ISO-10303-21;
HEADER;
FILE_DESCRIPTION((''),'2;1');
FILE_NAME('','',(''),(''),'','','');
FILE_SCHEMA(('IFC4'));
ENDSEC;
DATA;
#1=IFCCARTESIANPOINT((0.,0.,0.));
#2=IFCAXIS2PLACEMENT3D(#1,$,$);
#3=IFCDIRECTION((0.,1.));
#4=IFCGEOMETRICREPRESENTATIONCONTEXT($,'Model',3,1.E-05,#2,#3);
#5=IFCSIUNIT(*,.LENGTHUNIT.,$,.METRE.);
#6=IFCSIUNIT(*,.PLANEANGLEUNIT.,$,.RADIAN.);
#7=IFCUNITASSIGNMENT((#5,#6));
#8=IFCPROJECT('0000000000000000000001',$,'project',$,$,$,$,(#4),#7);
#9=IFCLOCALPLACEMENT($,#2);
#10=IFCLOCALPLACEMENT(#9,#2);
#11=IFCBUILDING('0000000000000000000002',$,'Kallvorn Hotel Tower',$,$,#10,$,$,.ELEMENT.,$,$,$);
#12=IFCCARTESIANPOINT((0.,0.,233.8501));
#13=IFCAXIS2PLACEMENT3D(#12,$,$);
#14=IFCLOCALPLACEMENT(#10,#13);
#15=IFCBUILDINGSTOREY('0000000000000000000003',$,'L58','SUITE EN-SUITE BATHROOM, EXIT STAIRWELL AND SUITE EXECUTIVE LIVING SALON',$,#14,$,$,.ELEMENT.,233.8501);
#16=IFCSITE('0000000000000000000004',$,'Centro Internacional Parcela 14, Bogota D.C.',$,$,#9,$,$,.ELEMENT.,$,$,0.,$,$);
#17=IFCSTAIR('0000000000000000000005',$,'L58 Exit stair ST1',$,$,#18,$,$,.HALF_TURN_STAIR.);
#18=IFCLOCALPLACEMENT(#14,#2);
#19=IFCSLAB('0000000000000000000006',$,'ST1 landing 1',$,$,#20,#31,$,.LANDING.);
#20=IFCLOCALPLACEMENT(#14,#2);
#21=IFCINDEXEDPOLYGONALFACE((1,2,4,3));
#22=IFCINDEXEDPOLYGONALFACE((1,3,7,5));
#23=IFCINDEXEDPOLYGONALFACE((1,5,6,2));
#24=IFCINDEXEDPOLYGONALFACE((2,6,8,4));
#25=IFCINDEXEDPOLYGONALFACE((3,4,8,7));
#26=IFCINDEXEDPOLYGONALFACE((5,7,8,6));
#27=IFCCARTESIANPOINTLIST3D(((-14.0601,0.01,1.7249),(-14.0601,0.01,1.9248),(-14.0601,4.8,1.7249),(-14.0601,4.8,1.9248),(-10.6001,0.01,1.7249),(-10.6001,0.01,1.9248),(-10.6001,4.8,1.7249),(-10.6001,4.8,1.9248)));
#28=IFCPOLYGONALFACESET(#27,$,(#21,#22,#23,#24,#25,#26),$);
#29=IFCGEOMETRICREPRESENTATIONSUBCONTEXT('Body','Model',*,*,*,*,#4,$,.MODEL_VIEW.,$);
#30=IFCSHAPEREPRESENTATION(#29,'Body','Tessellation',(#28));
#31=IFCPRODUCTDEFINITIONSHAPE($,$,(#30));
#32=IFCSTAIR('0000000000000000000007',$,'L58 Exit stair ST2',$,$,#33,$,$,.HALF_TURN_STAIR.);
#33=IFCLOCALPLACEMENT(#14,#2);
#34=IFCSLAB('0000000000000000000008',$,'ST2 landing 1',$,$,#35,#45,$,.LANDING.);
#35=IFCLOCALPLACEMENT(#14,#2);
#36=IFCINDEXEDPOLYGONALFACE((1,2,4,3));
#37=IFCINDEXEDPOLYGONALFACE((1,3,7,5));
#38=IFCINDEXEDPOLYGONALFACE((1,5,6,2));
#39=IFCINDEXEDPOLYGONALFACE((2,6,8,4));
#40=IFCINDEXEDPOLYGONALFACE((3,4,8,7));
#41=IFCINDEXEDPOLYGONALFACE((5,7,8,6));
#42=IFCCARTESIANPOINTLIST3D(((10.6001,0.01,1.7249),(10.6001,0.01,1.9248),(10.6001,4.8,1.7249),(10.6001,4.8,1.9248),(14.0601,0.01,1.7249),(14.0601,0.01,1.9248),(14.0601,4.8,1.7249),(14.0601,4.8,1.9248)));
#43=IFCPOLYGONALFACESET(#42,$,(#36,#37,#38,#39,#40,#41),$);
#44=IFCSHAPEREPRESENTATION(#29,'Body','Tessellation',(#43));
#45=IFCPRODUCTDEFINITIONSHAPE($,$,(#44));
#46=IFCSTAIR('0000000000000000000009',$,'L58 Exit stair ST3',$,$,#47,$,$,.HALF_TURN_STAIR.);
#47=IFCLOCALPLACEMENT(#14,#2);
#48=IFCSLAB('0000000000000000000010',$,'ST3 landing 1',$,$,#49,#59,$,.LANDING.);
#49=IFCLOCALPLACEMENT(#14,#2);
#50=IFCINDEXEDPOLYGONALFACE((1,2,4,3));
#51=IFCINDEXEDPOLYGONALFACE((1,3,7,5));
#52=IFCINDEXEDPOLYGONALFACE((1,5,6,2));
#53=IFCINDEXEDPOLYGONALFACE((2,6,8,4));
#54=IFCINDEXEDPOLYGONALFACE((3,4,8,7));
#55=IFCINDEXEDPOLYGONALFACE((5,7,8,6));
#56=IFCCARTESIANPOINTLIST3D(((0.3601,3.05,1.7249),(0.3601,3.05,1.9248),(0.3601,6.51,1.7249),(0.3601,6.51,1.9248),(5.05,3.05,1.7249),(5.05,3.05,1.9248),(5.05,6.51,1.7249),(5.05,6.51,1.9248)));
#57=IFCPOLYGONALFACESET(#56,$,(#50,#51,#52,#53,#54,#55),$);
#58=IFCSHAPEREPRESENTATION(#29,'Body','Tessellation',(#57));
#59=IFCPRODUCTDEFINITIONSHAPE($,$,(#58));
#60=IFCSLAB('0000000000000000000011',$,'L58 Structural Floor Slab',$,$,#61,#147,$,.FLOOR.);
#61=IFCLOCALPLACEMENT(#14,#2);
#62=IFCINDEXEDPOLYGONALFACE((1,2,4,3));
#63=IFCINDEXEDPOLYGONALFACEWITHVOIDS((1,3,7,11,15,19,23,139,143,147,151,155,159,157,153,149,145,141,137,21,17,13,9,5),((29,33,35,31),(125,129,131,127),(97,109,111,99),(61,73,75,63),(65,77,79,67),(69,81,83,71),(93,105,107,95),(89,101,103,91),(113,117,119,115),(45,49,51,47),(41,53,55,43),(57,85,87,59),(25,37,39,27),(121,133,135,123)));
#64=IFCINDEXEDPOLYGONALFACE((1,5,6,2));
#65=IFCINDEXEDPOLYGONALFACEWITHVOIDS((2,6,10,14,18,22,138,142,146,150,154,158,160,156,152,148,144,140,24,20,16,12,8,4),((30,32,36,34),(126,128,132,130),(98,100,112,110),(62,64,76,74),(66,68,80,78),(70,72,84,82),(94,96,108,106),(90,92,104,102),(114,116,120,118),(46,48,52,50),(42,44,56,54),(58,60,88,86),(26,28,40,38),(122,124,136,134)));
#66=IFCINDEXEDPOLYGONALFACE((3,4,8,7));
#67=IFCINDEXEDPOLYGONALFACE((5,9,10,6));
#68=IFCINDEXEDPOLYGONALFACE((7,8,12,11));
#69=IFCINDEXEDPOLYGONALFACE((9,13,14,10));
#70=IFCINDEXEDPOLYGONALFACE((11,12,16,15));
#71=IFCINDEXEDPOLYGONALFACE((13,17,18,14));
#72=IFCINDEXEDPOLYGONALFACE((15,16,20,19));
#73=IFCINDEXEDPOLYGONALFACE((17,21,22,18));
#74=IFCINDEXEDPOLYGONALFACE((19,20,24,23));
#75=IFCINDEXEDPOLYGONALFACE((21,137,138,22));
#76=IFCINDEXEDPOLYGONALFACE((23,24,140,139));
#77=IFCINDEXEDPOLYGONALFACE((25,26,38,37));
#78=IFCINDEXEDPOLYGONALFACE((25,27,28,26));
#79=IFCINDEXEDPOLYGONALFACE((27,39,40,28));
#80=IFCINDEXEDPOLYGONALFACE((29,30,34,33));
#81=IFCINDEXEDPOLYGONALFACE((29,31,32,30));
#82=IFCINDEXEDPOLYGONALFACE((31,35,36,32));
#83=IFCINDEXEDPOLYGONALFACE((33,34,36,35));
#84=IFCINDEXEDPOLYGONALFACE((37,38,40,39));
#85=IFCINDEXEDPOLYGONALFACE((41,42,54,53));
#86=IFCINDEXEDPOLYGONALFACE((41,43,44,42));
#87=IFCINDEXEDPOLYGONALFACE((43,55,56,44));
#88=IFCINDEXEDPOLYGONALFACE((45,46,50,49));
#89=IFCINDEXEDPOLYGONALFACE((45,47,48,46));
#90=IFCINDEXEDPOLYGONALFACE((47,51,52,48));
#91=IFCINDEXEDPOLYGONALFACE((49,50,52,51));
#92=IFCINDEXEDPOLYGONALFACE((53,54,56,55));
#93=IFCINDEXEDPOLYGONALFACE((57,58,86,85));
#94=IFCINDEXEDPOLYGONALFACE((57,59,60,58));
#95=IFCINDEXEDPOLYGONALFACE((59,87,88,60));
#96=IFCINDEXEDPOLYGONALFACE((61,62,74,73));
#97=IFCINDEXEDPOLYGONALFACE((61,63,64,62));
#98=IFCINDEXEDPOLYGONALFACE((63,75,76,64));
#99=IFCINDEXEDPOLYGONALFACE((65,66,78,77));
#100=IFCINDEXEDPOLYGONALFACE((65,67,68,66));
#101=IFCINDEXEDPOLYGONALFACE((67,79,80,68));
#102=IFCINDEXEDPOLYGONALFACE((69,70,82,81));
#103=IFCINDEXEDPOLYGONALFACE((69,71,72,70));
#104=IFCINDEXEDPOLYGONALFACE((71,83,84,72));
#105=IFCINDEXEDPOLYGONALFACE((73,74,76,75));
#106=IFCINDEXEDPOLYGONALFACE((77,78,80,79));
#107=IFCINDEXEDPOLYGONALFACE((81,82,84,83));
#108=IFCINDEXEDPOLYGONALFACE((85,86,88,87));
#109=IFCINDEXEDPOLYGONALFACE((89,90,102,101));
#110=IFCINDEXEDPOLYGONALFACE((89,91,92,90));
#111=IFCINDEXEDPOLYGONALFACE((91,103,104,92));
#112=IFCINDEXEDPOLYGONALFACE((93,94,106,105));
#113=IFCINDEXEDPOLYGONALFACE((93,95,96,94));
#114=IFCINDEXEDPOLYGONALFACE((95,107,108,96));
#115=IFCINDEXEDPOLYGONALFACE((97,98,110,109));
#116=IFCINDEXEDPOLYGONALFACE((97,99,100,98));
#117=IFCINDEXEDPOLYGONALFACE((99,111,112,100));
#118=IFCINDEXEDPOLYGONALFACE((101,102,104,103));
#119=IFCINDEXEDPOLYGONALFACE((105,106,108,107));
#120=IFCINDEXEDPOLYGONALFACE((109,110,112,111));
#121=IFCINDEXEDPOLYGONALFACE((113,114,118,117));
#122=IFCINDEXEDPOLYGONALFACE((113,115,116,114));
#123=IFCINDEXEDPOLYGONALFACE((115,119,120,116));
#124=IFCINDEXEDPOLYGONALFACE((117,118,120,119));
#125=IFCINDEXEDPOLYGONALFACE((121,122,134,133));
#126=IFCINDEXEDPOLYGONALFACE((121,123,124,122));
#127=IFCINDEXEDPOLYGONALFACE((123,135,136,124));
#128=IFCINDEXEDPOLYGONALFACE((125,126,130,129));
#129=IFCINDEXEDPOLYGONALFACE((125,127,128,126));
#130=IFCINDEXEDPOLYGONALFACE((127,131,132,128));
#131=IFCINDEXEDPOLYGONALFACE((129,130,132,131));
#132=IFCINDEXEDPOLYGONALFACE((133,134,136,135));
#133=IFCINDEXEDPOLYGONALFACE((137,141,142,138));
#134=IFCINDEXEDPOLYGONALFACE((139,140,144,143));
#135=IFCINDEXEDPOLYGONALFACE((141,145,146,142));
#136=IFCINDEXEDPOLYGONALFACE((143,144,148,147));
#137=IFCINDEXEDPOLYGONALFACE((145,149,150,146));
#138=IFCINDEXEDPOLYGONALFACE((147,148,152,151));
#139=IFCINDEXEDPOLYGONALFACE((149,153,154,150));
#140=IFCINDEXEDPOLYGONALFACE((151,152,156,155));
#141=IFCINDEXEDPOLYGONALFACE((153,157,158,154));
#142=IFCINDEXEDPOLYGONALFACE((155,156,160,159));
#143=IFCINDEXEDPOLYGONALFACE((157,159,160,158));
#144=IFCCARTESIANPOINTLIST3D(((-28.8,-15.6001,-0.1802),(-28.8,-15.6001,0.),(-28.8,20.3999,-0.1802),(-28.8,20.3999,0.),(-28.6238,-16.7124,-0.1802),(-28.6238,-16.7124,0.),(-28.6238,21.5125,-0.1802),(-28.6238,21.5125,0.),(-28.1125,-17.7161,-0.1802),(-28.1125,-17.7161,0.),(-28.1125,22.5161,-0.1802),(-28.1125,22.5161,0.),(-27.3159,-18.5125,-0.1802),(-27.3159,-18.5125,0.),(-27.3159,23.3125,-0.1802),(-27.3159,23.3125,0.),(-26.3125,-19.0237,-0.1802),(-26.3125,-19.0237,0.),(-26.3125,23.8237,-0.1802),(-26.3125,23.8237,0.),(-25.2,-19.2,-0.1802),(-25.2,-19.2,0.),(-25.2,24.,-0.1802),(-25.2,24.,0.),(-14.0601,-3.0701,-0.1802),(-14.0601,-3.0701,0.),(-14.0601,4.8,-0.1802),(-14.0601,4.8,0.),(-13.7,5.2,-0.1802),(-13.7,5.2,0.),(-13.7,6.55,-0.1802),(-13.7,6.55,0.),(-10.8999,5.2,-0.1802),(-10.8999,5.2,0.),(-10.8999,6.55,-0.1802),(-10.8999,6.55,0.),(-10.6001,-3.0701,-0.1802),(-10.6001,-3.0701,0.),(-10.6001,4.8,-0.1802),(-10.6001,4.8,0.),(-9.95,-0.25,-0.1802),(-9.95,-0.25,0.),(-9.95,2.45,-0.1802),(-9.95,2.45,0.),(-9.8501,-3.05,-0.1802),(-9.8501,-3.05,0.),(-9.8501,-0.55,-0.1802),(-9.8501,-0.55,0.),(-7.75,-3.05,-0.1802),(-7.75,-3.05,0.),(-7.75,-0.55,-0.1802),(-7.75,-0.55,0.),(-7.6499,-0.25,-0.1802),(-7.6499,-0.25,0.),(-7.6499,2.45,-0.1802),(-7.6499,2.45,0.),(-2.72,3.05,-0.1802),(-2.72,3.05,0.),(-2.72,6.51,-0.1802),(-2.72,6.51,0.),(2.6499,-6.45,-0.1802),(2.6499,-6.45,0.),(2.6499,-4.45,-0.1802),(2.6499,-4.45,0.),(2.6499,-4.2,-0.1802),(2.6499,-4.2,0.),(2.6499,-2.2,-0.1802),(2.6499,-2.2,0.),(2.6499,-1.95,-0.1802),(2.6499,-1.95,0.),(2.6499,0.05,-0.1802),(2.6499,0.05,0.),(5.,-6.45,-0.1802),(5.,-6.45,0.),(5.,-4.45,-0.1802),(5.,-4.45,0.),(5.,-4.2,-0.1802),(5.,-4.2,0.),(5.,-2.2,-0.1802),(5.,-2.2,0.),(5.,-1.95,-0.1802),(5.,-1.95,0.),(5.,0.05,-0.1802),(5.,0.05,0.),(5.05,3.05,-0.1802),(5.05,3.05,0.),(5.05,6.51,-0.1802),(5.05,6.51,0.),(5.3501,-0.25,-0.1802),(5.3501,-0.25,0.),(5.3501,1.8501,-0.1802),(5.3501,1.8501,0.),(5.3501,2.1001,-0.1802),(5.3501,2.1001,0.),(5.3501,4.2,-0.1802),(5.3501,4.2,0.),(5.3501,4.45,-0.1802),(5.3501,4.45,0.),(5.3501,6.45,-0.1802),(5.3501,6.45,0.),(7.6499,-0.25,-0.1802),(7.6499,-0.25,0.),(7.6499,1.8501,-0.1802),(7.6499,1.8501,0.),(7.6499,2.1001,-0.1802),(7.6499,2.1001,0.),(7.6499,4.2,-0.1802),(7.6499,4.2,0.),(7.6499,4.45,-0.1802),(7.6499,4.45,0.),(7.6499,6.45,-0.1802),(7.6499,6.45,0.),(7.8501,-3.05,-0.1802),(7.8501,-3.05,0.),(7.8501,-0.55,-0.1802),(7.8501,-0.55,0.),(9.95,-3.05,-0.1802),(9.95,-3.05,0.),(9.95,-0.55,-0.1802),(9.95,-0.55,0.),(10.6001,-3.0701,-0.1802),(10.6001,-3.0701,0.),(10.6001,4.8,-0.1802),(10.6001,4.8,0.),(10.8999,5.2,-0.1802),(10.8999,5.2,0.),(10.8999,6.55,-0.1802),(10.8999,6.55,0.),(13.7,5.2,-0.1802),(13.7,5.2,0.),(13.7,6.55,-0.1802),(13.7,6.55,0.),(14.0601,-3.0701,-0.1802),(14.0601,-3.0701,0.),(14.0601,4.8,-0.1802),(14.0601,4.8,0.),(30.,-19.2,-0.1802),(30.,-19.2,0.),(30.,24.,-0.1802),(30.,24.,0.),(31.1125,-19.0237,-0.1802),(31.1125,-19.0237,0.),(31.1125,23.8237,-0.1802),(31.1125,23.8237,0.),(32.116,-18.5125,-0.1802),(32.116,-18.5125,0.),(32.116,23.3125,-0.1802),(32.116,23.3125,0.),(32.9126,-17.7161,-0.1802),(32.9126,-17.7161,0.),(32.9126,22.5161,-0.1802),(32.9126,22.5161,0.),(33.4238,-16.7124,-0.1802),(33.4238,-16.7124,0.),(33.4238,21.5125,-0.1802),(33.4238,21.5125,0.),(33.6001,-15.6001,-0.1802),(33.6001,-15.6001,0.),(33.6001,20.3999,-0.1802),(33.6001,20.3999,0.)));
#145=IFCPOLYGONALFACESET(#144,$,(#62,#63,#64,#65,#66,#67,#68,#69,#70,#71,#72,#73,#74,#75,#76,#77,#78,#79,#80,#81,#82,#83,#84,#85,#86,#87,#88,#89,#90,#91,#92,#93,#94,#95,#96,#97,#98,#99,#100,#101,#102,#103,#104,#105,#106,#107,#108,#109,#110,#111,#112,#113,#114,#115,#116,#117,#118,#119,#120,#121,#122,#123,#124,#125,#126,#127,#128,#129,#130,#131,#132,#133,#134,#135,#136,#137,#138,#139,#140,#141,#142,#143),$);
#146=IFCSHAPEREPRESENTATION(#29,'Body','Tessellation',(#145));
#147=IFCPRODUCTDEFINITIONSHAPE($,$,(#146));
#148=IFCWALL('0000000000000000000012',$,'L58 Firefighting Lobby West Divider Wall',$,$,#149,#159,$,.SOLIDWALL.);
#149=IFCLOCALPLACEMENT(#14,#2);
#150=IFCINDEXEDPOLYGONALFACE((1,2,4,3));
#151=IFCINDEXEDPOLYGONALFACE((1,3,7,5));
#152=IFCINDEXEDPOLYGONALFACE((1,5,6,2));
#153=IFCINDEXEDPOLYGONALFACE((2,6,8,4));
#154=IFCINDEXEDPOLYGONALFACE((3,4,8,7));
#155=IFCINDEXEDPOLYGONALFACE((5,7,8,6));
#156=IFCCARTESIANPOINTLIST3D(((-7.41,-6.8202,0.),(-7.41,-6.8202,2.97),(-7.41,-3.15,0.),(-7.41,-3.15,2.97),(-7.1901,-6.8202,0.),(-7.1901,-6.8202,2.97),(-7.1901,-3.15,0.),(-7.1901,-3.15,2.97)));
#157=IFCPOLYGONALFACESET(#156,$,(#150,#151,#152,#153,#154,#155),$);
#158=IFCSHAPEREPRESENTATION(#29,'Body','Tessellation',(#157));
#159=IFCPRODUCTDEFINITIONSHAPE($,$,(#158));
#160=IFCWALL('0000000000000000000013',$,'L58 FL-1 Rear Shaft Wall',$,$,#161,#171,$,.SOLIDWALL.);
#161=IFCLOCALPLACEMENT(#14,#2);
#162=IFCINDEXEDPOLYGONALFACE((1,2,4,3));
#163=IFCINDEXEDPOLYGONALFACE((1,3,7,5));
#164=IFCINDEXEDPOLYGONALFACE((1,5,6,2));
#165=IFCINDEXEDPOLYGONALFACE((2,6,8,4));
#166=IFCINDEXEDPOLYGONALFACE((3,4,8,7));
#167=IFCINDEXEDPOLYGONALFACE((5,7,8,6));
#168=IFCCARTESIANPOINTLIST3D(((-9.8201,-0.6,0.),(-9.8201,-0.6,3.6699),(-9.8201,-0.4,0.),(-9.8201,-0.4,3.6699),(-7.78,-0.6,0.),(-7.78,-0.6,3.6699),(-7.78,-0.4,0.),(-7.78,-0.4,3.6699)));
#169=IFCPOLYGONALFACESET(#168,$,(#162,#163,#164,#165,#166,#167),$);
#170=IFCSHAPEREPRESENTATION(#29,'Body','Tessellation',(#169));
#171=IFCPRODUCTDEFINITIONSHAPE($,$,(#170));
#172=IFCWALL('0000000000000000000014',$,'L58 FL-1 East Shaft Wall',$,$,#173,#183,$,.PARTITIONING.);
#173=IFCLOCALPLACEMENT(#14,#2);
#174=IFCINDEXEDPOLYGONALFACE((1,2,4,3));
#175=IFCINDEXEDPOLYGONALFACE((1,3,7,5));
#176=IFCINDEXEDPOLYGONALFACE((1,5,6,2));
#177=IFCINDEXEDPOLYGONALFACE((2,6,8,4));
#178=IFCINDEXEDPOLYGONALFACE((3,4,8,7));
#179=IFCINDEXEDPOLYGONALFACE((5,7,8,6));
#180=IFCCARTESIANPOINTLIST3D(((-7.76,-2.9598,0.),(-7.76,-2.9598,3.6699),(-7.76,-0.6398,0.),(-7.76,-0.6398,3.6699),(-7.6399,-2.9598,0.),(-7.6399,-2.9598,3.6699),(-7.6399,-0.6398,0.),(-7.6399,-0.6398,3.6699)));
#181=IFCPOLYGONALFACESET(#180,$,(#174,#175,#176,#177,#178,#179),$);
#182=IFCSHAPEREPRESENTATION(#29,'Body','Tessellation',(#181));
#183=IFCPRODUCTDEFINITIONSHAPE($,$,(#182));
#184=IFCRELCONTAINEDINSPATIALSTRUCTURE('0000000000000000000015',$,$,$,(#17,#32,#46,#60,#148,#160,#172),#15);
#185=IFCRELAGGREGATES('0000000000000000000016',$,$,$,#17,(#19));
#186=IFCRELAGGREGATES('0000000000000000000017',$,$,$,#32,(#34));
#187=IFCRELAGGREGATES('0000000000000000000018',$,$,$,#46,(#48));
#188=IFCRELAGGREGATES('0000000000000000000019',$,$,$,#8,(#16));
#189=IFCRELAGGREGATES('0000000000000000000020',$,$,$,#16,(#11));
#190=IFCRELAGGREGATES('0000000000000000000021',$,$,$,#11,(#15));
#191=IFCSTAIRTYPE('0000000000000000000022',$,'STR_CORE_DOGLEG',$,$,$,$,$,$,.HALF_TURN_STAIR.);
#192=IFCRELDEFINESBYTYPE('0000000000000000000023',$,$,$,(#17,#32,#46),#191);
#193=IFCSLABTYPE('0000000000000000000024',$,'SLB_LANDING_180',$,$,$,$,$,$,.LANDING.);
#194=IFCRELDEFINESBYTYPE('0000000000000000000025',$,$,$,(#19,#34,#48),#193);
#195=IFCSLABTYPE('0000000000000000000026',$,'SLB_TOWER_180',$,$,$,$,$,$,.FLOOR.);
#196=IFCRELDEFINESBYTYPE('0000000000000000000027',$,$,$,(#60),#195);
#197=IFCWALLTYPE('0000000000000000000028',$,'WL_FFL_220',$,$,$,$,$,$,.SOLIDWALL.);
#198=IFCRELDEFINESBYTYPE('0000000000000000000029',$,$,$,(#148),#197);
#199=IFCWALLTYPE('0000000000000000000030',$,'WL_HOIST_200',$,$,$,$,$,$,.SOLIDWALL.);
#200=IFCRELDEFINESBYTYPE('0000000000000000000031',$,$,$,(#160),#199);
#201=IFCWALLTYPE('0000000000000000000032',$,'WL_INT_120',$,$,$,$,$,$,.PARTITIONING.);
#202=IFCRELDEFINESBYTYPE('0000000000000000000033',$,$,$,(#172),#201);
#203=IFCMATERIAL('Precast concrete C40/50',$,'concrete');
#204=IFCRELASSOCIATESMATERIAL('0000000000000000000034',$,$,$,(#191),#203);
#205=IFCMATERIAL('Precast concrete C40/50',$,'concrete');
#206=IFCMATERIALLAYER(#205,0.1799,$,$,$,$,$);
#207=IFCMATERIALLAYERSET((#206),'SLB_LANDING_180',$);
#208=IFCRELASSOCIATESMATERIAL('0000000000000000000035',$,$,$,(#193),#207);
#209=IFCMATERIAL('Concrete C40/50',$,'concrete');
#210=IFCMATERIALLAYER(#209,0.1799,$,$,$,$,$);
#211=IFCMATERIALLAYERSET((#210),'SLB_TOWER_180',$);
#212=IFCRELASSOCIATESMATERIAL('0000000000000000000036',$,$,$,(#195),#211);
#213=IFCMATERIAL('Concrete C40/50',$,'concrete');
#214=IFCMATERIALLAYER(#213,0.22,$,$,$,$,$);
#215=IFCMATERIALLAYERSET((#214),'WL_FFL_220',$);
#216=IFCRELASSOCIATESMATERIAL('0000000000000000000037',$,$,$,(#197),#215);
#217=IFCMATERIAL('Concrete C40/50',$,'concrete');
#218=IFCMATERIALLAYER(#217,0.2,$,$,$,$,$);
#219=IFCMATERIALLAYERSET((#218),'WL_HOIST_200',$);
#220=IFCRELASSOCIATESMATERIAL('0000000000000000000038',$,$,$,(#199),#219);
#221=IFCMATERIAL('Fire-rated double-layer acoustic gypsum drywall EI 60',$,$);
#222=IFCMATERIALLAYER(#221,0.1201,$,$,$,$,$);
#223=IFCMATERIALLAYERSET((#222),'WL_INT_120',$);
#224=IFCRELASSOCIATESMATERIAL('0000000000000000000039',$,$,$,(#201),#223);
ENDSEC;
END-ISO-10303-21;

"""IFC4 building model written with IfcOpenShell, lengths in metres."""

from ifc_helpers import new_model, si_unit, direction, frame, frame_2d, origin, place, context, subcontext, project, spatial, polyline, rectangle, outline, extrude, material, layer, layer_set, type_object, element, aggregate, save


model = new_model("IFC4")

# Units and contexts
model_context = context("Model", 3, precision=1e-05, world=origin(), true_north=direction((0.0, 1.0)))
body_context = subcontext(model_context, "Body", "Model", "MODEL_VIEW")
ifc_project = project(units=[si_unit("LENGTHUNIT", "METRE"), si_unit("PLANEANGLEUNIT", "RADIAN")], contexts=[model_context])

# Site, building, storey
site_placement = place(None, origin())
site = spatial("IfcSite", under=ifc_project, at=site_placement, Name="Centro Internacional Parcela 14, Bogota D.C.", CompositionType="ELEMENT", RefElevation=0.0)
building_placement = place(site_placement, origin())
building = spatial("IfcBuilding", under=site, at=building_placement, Name="Kallvorn Hotel Tower", CompositionType="ELEMENT")
storey_placement = place(building_placement, frame((0.0, 0.0, 233.8501)))
storey = spatial("IfcBuildingStorey", under=building, at=storey_placement, Name="L58", Description="SUITE EN-SUITE BATHROOM, EXIT STAIRWELL AND SUITE EXECUTIVE LIVING SALON", CompositionType="ELEMENT", Elevation=233.8501)

# Stairs, slabs
ifc_material_1 = material(Name="Precast concrete C40/50", Category="concrete")
stair_type = type_object("IfcStairType", Name="STR_CORE_DOGLEG", PredefinedType="HALF_TURN_STAIR", material=ifc_material_1)
stair_1_placement = place(storey_placement, origin())
stair_1 = element("IfcStair", 1, at=stair_1_placement, inside=storey, type_object=stair_type, Name="L58 Exit stair ST1", PredefinedType="HALF_TURN_STAIR")
ifc_material_2 = material(Name="Precast concrete C40/50", Category="concrete")
ifc_layer_1 = layer(ifc_material_2, 0.1799)
ifc_layer_set_1 = layer_set([ifc_layer_1], Name="SLB_LANDING_180")
slab_type_1 = type_object("IfcSlabType", Name="SLB_LANDING_180", PredefinedType="LANDING", material=ifc_layer_set_1)
slab_1_placement = place(storey_placement, frame((0.0, 0.0, 1.7249)))
slab_1 = element("IfcSlab", 2, at=slab_1_placement, type_object=slab_type_1, Name="ST1 landing 1", PredefinedType="LANDING", context=body_context, shape_type="SweptSolid", body=[
    extrude(outline(polyline([(-10.6001, 0.01), (-10.6001, 4.8), (-14.0601, 4.8), (-14.0601, 0.01), (-10.6001, 0.01)])), origin(), (0.0, 0.0, 1.0), 0.2),
])
aggregate(stair_1, [slab_1])
stair_2_placement = place(storey_placement, origin())
stair_2 = element("IfcStair", 3, at=stair_2_placement, inside=storey, type_object=stair_type, Name="L58 Exit stair ST2", PredefinedType="HALF_TURN_STAIR")
slab_2_placement = place(storey_placement, frame((0.0, 0.0, 1.7249)))
slab_2 = element("IfcSlab", 4, at=slab_2_placement, type_object=slab_type_1, Name="ST2 landing 1", PredefinedType="LANDING", context=body_context, shape_type="SweptSolid", body=[
    extrude(outline(polyline([(14.0601, 0.01), (14.0601, 4.8), (10.6001, 4.8), (10.6001, 0.01), (14.0601, 0.01)])), origin(), (0.0, 0.0, 1.0), 0.2),
])
aggregate(stair_2, [slab_2])
stair_3_placement = place(storey_placement, origin())
stair_3 = element("IfcStair", 5, at=stair_3_placement, inside=storey, type_object=stair_type, Name="L58 Exit stair ST3", PredefinedType="HALF_TURN_STAIR")
slab_3_placement = place(storey_placement, frame((0.0, 0.0, 1.7249)))
slab_3 = element("IfcSlab", 6, at=slab_3_placement, type_object=slab_type_1, Name="ST3 landing 1", PredefinedType="LANDING", context=body_context, shape_type="SweptSolid", body=[
    extrude(outline(polyline([(0.3601, 3.05), (5.05, 3.05), (5.05, 6.51), (0.3601, 6.51), (0.3601, 3.05)])), origin(), (0.0, 0.0, 1.0), 0.2),
])
aggregate(stair_3, [slab_3])

# Slab
ifc_material_3 = material(Name="Concrete C40/50", Category="concrete")
ifc_layer_2 = layer(ifc_material_3, 0.1799)
ifc_layer_set_2 = layer_set([ifc_layer_2], Name="SLB_TOWER_180")
slab_type_2 = type_object("IfcSlabType", Name="SLB_TOWER_180", PredefinedType="FLOOR", material=ifc_layer_set_2)
slab_4_placement = place(storey_placement, frame((0.0, 0.0, -0.1802)))
element("IfcSlab", 7, at=slab_4_placement, inside=storey, type_object=slab_type_2, Name="L58 Structural Floor Slab", PredefinedType="FLOOR", context=body_context, shape_type="SweptSolid", body=[
    extrude(outline(polyline([(30.0, -19.2), (31.1125, -19.0237), (32.116, -18.5125), (32.9126, -17.7161), (33.4238, -16.7124), (33.6001, -15.6001), (33.6001, 20.3999), (33.4238, 21.5125), (32.9126, 22.5161), (32.116, 23.3125), (31.1125, 23.8237), (30.0, 24.0), (-25.2, 24.0), (-26.3125, 23.8237), (-27.3159, 23.3125), (-28.1125, 22.5161), (-28.6238, 21.5125), (-28.8, 20.3999), (-28.8, -15.6001), (-28.6238, -16.7124), (-28.1125, -17.7161), (-27.3159, -18.5125), (-26.3125, -19.0237), (-25.2, -19.2), (30.0, -19.2)]), holes=[polyline([(-10.6001, -3.0701), (-10.6001, 4.8), (-14.0601, 4.8), (-14.0601, -3.0701), (-10.6001, -3.0701)]), polyline([(14.0601, -3.0701), (14.0601, 4.8), (10.6001, 4.8), (10.6001, -3.0701), (14.0601, -3.0701)]), polyline([(-2.72, 3.05), (5.05, 3.05), (5.05, 6.51), (-2.72, 6.51), (-2.72, 3.05)]), polyline([(2.6499, -6.45), (5.0, -6.45), (5.0, -4.45), (2.6499, -4.45), (2.6499, -6.45)]), polyline([(2.6499, -4.2), (5.0, -4.2), (5.0, -2.2), (2.6499, -2.2), (2.6499, -4.2)]), polyline([(2.6499, -1.95), (5.0, -1.95), (5.0, 0.05), (2.6499, 0.05), (2.6499, -1.95)]), polyline([(5.3501, -0.25), (7.6499, -0.25), (7.6499, 1.8501), (5.3501, 1.8501), (5.3501, -0.25)]), polyline([(5.3501, 2.1001), (7.6499, 2.1001), (7.6499, 4.2), (5.3501, 4.2), (5.3501, 2.1001)]), polyline([(5.3501, 4.45), (7.6499, 4.45), (7.6499, 6.45), (5.3501, 6.45), (5.3501, 4.45)]), polyline([(-9.8501, -3.05), (-7.75, -3.05), (-7.75, -0.55), (-9.8501, -0.55), (-9.8501, -3.05)]), polyline([(7.8501, -3.05), (9.95, -3.05), (9.95, -0.55), (7.8501, -0.55), (7.8501, -3.05)]), polyline([(-9.95, -0.25), (-7.6499, -0.25), (-7.6499, 2.45), (-9.95, 2.45), (-9.95, -0.25)]), polyline([(-13.7, 5.2), (-10.8999, 5.2), (-10.8999, 6.55), (-13.7, 6.55), (-13.7, 5.2)]), polyline([(10.8999, 5.2), (13.7, 5.2), (13.7, 6.55), (10.8999, 6.55), (10.8999, 5.2)])]), origin(), (0.0, 0.0, 1.0), 0.1802),
])

# Walls
ifc_material_4 = material(Name="Concrete C40/50", Category="concrete")
ifc_layer_3 = layer(ifc_material_4, 0.22)
ifc_layer_set_3 = layer_set([ifc_layer_3], Name="WL_FFL_220")
wall_type_1 = type_object("IfcWallType", Name="WL_FFL_220", PredefinedType="SOLIDWALL", material=ifc_layer_set_3)
wall_1_placement = place(storey_placement, frame((-7.3, -6.8201, 0.0), z_axis=(0.0, 0.0, 1.0), x_axis=(0.0, 1.0, 0.0)))
element("IfcWall", 8, at=wall_1_placement, inside=storey, type_object=wall_type_1, Name="L58 Firefighting Lobby West Divider Wall", PredefinedType="SOLIDWALL", context=body_context, shape_type="SweptSolid", body=[
    extrude(rectangle(XDim=3.6702, YDim=0.22, at=frame_2d((1.835, 0.0))), origin(), (0.0, 0.0, 1.0), 2.97),
])
ifc_material_5 = material(Name="Concrete C40/50", Category="concrete")
ifc_layer_4 = layer(ifc_material_5, 0.2)
ifc_layer_set_4 = layer_set([ifc_layer_4], Name="WL_HOIST_200")
wall_type_2 = type_object("IfcWallType", Name="WL_HOIST_200", PredefinedType="SOLIDWALL", material=ifc_layer_set_4)
wall_2_placement = place(storey_placement, frame((-9.8201, -0.5, 0.0), z_axis=(0.0, 0.0, 1.0), x_axis=(1.0, 0.0, 0.0)))
element("IfcWall", 9, at=wall_2_placement, inside=storey, type_object=wall_type_2, Name="L58 FL-1 Rear Shaft Wall", PredefinedType="SOLIDWALL", context=body_context, shape_type="SweptSolid", body=[
    extrude(rectangle(XDim=2.04, YDim=0.2, at=frame_2d((1.02, 0.0))), origin(), (0.0, 0.0, 1.0), 3.6699),
])
ifc_material_6 = material(Name="Fire-rated double-layer acoustic gypsum drywall EI 60")
ifc_layer_5 = layer(ifc_material_6, 0.1201)
ifc_layer_set_5 = layer_set([ifc_layer_5], Name="WL_INT_120")
wall_type_3 = type_object("IfcWallType", Name="WL_INT_120", PredefinedType="PARTITIONING", material=ifc_layer_set_5)
wall_3_placement = place(storey_placement, frame((-7.7, -2.96, 0.0), z_axis=(0.0, 0.0, 1.0), x_axis=(0.0, 1.0, 0.0)))
element("IfcWall", 10, at=wall_3_placement, inside=storey, type_object=wall_type_3, Name="L58 FL-1 East Shaft Wall", PredefinedType="PARTITIONING", context=body_context, shape_type="SweptSolid", body=[
    extrude(rectangle(XDim=2.3201, YDim=0.1201, at=frame_2d((1.1602, 0.0))), origin(), (0.0, 0.0, 1.0), 3.6699),
])

save(model, "model.ifc")
